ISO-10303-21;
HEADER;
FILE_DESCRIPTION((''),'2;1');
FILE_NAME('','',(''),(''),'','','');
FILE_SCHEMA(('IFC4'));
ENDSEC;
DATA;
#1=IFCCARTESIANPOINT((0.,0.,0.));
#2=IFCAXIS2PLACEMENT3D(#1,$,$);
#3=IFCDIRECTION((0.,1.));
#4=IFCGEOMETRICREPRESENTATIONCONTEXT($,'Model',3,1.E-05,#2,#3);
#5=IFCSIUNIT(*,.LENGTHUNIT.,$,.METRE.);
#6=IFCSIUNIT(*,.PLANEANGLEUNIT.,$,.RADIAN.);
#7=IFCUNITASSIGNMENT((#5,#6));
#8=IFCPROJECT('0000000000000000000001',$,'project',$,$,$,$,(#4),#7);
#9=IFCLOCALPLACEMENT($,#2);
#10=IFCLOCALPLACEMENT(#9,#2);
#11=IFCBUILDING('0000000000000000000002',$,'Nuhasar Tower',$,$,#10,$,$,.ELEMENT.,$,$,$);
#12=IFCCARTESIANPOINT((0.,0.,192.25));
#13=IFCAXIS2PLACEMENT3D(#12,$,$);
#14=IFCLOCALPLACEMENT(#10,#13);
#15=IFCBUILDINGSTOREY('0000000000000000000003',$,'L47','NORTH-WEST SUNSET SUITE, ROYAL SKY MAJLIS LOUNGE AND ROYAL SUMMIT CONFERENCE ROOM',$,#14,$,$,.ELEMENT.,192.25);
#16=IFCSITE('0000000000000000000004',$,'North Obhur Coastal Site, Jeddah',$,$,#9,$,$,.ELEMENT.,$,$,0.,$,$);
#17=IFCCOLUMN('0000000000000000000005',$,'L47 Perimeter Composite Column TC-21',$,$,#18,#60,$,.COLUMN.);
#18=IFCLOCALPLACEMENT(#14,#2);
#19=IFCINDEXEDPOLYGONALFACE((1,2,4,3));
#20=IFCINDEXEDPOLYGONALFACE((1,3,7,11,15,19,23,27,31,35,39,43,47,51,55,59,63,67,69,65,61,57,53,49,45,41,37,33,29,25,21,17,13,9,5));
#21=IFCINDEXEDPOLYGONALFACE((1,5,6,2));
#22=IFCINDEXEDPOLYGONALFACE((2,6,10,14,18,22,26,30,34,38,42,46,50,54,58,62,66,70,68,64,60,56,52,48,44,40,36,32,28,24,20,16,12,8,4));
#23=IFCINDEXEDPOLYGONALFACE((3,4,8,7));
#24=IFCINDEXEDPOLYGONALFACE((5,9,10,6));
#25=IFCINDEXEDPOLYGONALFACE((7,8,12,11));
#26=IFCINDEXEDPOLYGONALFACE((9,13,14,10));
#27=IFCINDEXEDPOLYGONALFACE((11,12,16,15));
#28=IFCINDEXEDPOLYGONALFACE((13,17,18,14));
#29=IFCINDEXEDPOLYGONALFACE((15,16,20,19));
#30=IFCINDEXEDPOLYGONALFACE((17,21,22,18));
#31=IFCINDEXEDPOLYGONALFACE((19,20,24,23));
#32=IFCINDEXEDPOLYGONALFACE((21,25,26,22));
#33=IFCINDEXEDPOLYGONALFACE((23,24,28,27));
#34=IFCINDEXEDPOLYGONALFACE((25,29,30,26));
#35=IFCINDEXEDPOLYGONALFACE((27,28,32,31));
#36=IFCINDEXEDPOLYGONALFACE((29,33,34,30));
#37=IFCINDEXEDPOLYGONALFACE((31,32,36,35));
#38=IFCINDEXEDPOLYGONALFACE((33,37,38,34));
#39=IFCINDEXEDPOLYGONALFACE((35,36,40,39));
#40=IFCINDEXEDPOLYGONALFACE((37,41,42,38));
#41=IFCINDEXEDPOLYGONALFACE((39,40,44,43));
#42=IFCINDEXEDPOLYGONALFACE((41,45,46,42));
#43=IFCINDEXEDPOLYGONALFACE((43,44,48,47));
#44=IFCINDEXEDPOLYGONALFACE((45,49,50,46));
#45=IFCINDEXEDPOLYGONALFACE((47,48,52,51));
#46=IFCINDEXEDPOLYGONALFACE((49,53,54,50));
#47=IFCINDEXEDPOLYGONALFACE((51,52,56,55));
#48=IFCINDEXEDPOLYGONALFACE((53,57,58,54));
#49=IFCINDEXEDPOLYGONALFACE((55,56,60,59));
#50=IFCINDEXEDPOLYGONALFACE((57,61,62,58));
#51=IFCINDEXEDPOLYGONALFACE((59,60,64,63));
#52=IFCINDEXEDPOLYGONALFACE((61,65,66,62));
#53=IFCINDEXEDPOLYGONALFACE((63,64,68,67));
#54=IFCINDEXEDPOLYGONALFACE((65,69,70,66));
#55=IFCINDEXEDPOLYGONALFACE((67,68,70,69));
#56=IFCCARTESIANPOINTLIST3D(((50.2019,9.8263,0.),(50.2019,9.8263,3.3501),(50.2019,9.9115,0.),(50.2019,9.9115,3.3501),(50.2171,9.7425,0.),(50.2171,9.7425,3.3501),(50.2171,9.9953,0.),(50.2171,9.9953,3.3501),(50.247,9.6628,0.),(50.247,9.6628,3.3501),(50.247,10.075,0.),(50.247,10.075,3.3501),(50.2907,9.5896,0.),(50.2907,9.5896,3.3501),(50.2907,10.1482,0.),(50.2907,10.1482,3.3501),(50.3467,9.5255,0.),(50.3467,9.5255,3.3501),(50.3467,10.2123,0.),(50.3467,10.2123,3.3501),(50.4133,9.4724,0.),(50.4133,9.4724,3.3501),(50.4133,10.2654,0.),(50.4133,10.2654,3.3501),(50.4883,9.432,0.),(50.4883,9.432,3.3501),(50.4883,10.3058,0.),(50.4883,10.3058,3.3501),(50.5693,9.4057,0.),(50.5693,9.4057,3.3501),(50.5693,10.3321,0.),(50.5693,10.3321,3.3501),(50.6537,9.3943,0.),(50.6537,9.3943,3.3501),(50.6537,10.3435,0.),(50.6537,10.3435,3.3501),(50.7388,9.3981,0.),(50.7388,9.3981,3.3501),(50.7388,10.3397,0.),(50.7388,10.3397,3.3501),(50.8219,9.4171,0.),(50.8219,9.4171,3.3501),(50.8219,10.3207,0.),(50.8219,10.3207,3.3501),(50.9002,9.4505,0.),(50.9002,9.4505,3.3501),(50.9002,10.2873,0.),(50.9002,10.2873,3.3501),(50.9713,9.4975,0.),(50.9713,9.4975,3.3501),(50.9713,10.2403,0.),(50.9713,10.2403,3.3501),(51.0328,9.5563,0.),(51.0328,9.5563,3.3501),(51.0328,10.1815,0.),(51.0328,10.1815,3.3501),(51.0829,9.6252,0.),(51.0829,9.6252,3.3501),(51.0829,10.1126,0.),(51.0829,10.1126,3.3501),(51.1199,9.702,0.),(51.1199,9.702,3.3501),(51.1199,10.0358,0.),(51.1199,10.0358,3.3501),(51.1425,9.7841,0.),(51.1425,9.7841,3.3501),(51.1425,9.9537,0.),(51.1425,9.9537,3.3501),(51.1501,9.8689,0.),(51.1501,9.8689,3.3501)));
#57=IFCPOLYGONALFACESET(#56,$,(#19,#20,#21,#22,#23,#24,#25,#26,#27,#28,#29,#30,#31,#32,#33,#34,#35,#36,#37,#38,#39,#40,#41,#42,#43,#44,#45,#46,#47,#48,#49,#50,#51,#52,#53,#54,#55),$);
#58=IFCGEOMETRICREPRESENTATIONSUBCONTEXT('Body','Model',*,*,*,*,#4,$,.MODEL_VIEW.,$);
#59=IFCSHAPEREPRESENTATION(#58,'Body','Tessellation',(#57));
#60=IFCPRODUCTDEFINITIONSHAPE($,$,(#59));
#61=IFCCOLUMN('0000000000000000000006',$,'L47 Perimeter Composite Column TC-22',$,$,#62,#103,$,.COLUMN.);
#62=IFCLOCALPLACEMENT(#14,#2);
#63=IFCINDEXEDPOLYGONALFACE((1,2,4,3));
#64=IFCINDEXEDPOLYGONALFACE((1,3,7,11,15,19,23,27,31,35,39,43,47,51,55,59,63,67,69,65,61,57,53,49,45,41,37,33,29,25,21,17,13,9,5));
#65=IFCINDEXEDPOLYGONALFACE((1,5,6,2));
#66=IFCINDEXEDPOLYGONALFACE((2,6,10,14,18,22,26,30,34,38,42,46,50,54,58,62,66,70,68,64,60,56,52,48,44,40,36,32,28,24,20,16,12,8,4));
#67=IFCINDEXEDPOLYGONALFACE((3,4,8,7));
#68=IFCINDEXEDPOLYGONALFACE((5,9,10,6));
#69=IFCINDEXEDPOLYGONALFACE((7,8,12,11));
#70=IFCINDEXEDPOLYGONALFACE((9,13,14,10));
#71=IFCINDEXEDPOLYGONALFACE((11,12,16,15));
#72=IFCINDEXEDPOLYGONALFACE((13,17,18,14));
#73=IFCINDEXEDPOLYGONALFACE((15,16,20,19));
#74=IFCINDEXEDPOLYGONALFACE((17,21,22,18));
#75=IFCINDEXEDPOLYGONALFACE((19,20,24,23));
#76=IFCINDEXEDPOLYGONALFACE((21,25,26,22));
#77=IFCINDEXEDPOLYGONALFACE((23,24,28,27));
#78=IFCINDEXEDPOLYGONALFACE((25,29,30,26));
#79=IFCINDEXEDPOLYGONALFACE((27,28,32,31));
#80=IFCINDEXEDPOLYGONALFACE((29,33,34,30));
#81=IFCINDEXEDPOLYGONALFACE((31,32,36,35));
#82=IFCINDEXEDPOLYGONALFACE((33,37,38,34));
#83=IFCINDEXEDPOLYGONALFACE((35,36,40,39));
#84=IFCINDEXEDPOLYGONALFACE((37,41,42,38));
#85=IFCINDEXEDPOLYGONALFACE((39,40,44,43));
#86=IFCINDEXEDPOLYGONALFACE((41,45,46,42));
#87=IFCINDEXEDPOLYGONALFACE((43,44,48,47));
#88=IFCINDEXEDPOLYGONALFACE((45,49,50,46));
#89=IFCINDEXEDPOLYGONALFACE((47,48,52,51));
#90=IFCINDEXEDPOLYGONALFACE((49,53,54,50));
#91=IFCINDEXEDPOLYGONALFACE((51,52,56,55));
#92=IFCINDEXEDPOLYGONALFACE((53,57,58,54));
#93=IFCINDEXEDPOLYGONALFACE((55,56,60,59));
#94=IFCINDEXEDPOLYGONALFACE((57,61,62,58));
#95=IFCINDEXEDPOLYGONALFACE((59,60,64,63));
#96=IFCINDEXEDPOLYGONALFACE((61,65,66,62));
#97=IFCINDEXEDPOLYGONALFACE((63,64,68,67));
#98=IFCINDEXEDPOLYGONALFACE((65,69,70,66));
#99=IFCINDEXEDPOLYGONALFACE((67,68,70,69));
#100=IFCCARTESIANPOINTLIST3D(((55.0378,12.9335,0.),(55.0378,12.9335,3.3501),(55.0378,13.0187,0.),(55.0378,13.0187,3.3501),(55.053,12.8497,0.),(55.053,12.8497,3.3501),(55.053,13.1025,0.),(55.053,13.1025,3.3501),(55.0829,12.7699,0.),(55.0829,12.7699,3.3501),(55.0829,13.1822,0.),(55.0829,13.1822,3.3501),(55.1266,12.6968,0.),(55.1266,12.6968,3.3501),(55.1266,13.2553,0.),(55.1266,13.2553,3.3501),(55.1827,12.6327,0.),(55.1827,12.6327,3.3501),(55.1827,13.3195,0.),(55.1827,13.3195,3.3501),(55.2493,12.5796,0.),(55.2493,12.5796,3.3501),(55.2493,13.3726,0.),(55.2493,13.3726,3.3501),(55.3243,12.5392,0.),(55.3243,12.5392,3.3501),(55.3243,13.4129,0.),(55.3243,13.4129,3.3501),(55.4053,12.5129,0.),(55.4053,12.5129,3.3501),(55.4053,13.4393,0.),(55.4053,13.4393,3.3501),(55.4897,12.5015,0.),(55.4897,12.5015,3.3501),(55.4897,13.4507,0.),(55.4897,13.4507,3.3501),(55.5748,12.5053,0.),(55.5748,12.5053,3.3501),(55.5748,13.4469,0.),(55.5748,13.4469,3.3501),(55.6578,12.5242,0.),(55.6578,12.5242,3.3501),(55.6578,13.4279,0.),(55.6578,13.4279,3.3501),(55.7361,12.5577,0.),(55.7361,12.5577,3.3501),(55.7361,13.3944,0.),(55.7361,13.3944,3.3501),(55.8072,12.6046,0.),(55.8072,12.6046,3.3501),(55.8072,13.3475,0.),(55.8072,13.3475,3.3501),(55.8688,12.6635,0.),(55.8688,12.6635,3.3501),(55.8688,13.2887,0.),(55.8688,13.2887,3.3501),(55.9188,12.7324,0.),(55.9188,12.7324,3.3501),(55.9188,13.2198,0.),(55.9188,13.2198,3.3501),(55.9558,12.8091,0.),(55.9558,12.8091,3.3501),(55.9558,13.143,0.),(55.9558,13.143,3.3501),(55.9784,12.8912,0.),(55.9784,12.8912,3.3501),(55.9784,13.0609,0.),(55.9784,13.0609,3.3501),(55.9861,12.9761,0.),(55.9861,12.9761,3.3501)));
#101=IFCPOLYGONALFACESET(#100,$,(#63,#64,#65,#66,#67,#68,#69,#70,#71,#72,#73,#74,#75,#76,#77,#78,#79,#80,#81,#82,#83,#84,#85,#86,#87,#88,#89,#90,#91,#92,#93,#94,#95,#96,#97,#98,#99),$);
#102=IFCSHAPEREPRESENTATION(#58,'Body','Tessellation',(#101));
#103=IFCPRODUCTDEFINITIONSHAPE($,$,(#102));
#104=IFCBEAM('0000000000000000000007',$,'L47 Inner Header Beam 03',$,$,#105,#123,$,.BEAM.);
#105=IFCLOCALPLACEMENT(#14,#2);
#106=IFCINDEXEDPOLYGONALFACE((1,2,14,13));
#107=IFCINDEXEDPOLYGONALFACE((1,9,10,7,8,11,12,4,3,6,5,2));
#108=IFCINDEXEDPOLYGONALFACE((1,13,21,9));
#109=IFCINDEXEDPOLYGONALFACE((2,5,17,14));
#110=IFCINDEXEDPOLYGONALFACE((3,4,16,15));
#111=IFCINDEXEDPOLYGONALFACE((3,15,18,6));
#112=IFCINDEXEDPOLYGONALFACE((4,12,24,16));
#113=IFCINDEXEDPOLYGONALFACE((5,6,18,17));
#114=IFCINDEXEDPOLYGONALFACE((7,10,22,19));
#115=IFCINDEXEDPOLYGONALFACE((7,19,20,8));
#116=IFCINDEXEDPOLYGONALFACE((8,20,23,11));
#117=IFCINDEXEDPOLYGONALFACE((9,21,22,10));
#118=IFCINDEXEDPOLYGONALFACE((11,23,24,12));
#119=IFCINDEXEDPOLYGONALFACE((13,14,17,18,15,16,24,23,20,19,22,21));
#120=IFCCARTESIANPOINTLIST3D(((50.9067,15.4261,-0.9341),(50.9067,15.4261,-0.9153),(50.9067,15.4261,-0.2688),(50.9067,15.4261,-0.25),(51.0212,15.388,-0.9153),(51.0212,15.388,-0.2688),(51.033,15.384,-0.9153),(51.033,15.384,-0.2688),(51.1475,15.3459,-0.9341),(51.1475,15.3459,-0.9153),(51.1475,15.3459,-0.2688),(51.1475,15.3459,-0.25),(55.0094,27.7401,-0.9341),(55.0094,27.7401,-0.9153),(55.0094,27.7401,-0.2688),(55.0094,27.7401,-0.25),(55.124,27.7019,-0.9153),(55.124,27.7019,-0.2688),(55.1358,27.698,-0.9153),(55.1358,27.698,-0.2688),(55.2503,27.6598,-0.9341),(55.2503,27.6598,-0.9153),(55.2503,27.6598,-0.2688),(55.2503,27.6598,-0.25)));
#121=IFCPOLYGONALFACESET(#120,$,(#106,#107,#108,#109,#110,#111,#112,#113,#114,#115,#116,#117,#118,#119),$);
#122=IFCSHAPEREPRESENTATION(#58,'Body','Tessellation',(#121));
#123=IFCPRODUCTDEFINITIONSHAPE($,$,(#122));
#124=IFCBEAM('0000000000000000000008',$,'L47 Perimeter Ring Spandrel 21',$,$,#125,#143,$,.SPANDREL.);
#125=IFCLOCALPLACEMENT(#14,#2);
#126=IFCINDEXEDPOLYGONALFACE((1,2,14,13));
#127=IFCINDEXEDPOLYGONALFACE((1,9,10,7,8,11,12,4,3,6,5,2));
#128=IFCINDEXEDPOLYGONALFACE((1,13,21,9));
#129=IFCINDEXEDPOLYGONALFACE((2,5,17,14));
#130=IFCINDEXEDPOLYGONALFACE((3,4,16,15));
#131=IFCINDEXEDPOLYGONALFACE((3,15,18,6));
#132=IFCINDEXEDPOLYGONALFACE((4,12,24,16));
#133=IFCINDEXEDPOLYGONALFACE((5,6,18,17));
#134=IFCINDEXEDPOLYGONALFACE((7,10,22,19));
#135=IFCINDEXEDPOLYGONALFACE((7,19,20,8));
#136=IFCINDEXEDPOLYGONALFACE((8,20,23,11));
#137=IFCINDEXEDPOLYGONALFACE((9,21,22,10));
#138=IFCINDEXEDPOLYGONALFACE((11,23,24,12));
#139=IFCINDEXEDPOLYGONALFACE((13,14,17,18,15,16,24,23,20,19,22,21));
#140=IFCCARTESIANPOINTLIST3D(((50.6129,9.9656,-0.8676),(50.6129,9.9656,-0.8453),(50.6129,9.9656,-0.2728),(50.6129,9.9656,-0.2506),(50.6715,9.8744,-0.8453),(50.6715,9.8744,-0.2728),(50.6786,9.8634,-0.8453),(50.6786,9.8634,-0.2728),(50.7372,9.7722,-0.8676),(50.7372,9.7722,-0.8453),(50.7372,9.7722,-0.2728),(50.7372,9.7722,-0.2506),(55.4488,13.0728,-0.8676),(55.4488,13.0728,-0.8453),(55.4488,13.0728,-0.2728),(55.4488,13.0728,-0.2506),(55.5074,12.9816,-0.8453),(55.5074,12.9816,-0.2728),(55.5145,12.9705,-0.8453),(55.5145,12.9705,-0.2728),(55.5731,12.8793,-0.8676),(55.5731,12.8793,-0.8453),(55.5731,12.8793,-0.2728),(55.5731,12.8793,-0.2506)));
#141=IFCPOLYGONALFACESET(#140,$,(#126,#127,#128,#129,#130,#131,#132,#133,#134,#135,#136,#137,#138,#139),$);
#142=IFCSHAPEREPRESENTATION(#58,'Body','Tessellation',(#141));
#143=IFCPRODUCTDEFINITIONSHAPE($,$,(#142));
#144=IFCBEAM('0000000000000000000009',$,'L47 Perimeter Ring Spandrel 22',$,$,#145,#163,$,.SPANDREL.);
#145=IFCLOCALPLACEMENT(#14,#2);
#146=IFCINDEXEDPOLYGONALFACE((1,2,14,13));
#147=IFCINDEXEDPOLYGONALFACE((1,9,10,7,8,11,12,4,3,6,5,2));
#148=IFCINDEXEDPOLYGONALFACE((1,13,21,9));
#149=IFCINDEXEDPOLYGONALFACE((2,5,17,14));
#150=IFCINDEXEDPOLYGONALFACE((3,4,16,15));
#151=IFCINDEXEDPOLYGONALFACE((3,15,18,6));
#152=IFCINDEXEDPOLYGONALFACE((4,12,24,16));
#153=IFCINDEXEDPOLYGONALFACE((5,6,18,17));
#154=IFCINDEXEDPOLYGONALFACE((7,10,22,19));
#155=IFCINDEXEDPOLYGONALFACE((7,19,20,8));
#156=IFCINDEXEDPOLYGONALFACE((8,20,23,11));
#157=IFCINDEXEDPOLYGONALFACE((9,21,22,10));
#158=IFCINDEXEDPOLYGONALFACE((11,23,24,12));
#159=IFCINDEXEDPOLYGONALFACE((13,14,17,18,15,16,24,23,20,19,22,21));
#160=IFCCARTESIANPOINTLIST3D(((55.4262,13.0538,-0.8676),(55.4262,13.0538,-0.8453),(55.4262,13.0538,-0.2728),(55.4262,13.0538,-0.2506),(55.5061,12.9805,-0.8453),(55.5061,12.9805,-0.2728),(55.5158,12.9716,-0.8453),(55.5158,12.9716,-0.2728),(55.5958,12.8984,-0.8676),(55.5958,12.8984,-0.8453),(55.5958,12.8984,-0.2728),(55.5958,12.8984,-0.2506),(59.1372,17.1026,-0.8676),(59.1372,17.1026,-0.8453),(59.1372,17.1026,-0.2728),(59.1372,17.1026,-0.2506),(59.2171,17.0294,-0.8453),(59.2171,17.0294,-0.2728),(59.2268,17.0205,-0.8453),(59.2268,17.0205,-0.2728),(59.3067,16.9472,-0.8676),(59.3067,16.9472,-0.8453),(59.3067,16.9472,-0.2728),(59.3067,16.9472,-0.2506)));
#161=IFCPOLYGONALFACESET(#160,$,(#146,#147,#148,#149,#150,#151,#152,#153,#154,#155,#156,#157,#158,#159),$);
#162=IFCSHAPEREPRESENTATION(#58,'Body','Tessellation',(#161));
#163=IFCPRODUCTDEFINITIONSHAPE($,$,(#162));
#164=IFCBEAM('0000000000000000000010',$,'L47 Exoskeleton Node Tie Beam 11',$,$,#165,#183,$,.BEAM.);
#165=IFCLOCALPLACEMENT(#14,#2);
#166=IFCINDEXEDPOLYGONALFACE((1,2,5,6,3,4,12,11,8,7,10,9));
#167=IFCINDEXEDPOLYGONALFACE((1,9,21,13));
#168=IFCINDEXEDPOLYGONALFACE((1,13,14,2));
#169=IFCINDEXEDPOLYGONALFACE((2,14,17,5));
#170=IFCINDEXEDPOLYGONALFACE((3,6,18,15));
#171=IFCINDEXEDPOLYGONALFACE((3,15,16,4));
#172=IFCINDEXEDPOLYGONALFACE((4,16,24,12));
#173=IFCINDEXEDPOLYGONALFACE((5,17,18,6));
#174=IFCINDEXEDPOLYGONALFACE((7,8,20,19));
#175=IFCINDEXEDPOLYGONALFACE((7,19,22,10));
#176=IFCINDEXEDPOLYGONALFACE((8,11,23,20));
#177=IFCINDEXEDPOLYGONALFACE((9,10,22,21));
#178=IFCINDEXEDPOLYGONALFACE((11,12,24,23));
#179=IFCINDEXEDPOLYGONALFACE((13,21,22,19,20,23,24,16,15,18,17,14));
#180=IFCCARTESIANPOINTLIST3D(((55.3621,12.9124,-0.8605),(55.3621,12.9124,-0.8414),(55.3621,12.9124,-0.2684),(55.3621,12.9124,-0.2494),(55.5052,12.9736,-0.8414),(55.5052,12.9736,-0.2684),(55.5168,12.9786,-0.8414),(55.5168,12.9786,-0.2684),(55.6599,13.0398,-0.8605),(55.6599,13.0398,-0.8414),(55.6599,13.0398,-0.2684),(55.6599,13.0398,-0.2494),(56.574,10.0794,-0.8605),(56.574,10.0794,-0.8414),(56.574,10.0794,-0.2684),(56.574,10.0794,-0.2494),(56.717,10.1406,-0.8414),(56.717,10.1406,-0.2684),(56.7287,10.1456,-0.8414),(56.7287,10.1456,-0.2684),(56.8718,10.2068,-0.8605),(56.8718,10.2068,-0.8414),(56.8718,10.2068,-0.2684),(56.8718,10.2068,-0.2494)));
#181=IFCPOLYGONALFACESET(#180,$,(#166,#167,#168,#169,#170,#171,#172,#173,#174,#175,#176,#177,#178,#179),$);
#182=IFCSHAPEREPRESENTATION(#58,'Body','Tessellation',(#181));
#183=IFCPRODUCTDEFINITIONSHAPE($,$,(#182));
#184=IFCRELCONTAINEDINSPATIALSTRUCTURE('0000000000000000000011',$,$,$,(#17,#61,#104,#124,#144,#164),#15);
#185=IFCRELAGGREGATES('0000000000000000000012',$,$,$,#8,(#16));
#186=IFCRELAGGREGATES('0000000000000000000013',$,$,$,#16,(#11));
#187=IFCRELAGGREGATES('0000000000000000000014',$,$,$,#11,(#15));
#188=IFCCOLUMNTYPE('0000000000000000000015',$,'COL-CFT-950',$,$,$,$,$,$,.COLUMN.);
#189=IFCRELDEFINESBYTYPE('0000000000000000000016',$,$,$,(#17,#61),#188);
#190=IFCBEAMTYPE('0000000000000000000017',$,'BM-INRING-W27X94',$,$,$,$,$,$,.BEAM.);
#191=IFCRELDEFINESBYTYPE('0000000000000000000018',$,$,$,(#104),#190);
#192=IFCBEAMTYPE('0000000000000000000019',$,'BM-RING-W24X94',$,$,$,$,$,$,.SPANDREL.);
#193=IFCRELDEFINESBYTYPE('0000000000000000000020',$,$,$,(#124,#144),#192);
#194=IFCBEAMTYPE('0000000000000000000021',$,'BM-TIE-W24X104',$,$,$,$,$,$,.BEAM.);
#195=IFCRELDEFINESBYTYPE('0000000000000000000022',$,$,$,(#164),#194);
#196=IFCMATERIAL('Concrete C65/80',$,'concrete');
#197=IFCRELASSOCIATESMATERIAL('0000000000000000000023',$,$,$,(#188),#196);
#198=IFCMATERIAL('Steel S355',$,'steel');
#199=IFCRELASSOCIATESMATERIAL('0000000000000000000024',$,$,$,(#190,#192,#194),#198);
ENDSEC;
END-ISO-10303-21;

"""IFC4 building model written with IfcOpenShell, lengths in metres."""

from ifc_helpers import new_model, si_unit, direction, frame, origin, origin_2d, place, context, subcontext, project, spatial, circle, i_section, extrude, material, material_profile, profile_set, type_object, element, save


model = new_model("IFC4")

# Units and contexts
model_context = context("Model", 3, precision=1e-05, world=origin(), true_north=direction((0.0, 1.0)))
body_context = subcontext(model_context, "Body", "Model", "MODEL_VIEW")
ifc_project = project(units=[si_unit("LENGTHUNIT", "METRE"), si_unit("PLANEANGLEUNIT", "RADIAN")], contexts=[model_context])

# Site, building, storey
site_placement = place(None, origin())
site = spatial("IfcSite", under=ifc_project, at=site_placement, Name="North Obhur Coastal Site, Jeddah", CompositionType="ELEMENT", RefElevation=0.0)
building_placement = place(site_placement, origin())
building = spatial("IfcBuilding", under=site, at=building_placement, Name="Nuhasar Tower", CompositionType="ELEMENT")
storey_placement = place(building_placement, frame((0.0, 0.0, 192.25)))
storey = spatial("IfcBuildingStorey", under=building, at=storey_placement, Name="L47", Description="NORTH-WEST SUNSET SUITE, ROYAL SKY MAJLIS LOUNGE AND ROYAL SUMMIT CONFERENCE ROOM", CompositionType="ELEMENT", Elevation=192.25)

# Columns
ifc_material_1 = material(Name="Concrete C65/80", Category="concrete")
ifc_material_profile_1 = material_profile(ifc_material_1, circle(Radius=0.4751, at=origin_2d()), Name="CFT950")
ifc_profile_set_1 = profile_set([ifc_material_profile_1], Name="Concrete C65/80")
column_type = type_object("IfcColumnType", Name="COL-CFT-950", PredefinedType="COLUMN", material=ifc_profile_set_1)
for number, where, z_axis, x_axis, name in (
    (1, (50.675, 9.8689, 0.0), (0.0, 0.0, 1.0), (1.0, 0.0, 0.0), "L47 Perimeter Composite Column TC-21"),
    (2, (55.511, 12.9761, 0.0), (0.0, 0.0, 1.0), (1.0, 0.0, 0.0), "L47 Perimeter Composite Column TC-22"),
):
    element("IfcColumn", number, at=place(storey_placement, frame(where, z_axis=z_axis, x_axis=x_axis)), inside=storey, type_object=column_type, Name=name, PredefinedType="COLUMN", context=body_context, shape_type="SweptSolid", body=[
        extrude(circle(Radius=0.4751, at=origin_2d()), origin(), (0.0, 0.0, 1.0), 3.3501),
    ])

# Beams
ifc_material_2 = material(Name="Steel S355", Category="steel")
ifc_material_profile_2 = material_profile(ifc_material_2, i_section(OverallWidth=0.2539, OverallDepth=0.6841, WebThickness=0.0125, FlangeThickness=0.0188, at=origin_2d()), Name="W27X94")
ifc_profile_set_2 = profile_set([ifc_material_profile_2], Name="Steel S355")
beam_type_1 = type_object("IfcBeamType", Name="BM-INRING-W27X94", PredefinedType="BEAM", material=ifc_profile_set_2)
beam_1_placement = place(storey_placement, frame((51.0271, 15.386, -0.592), z_axis=(0.316098, 0.948727, 0.0), x_axis=(-0.948727, 0.316098, 0.0)))
element("IfcBeam", 3, at=beam_1_placement, inside=storey, type_object=beam_type_1, Name="L47 Inner Header Beam 03", PredefinedType="BEAM", context=body_context, shape_type="SweptSolid", body=[
    extrude(i_section(OverallWidth=0.2539, OverallDepth=0.6841, WebThickness=0.0125, FlangeThickness=0.0188, at=origin_2d()), origin(), (0.0, 0.0, 1.0), 12.9795),
])
ifc_material_profile_3 = material_profile(ifc_material_2, i_section(OverallWidth=0.23, OverallDepth=0.6169, WebThickness=0.0132, FlangeThickness=0.0222, at=origin_2d()), Name="W24X94")
ifc_profile_set_3 = profile_set([ifc_material_profile_3], Name="Steel S355")
beam_type_2 = type_object("IfcBeamType", Name="BM-RING-W24X94", PredefinedType="SPANDREL", material=ifc_profile_set_3)
beam_2_placement = place(storey_placement, frame((50.675, 9.8689, -0.5591), z_axis=(0.841308, 0.540556, 0.0), x_axis=(-0.540556, 0.841308, 0.0)))
element("IfcBeam", 4, at=beam_2_placement, inside=storey, type_object=beam_type_2, Name="L47 Perimeter Ring Spandrel 21", PredefinedType="SPANDREL", context=body_context, shape_type="SweptSolid", body=[
    extrude(i_section(OverallWidth=0.23, OverallDepth=0.6169, WebThickness=0.0132, FlangeThickness=0.0222, at=origin_2d()), origin(), (0.0, 0.0, 1.0), 5.748),
])
beam_3_placement = place(storey_placement, frame((55.511, 12.9761, -0.5591), z_axis=(0.675676, 0.737198, 0.0), x_axis=(-0.737198, 0.675676, 0.0)))
element("IfcBeam", 5, at=beam_3_placement, inside=storey, type_object=beam_type_2, Name="L47 Perimeter Ring Spandrel 22", PredefinedType="SPANDREL", context=body_context, shape_type="SweptSolid", body=[
    extrude(i_section(OverallWidth=0.23, OverallDepth=0.6169, WebThickness=0.0132, FlangeThickness=0.0222, at=origin_2d()), origin(), (0.0, 0.0, 1.0), 5.4922),
])
ifc_material_profile_4 = material_profile(ifc_material_2, i_section(OverallWidth=0.324, OverallDepth=0.6111, WebThickness=0.0127, FlangeThickness=0.019, at=origin_2d()), Name="W24X104")
ifc_profile_set_4 = profile_set([ifc_material_profile_4], Name="Steel S355")
beam_type_3 = type_object("IfcBeamType", Name="BM-TIE-W24X104", PredefinedType="BEAM", material=ifc_profile_set_4)
beam_4_placement = place(storey_placement, frame((55.511, 12.9761, -0.5549), z_axis=(0.393307, -0.919407, 0.0), x_axis=(0.919407, 0.393307, 0.0)))
element("IfcBeam", 6, at=beam_4_placement, inside=storey, type_object=beam_type_3, Name="L47 Exoskeleton Node Tie Beam 11", PredefinedType="BEAM", context=body_context, shape_type="SweptSolid", body=[
    extrude(i_section(OverallWidth=0.324, OverallDepth=0.6111, WebThickness=0.0127, FlangeThickness=0.019, at=origin_2d()), origin(), (0.0, 0.0, 1.0), 3.0813),
])

save(model, "model.ifc")
